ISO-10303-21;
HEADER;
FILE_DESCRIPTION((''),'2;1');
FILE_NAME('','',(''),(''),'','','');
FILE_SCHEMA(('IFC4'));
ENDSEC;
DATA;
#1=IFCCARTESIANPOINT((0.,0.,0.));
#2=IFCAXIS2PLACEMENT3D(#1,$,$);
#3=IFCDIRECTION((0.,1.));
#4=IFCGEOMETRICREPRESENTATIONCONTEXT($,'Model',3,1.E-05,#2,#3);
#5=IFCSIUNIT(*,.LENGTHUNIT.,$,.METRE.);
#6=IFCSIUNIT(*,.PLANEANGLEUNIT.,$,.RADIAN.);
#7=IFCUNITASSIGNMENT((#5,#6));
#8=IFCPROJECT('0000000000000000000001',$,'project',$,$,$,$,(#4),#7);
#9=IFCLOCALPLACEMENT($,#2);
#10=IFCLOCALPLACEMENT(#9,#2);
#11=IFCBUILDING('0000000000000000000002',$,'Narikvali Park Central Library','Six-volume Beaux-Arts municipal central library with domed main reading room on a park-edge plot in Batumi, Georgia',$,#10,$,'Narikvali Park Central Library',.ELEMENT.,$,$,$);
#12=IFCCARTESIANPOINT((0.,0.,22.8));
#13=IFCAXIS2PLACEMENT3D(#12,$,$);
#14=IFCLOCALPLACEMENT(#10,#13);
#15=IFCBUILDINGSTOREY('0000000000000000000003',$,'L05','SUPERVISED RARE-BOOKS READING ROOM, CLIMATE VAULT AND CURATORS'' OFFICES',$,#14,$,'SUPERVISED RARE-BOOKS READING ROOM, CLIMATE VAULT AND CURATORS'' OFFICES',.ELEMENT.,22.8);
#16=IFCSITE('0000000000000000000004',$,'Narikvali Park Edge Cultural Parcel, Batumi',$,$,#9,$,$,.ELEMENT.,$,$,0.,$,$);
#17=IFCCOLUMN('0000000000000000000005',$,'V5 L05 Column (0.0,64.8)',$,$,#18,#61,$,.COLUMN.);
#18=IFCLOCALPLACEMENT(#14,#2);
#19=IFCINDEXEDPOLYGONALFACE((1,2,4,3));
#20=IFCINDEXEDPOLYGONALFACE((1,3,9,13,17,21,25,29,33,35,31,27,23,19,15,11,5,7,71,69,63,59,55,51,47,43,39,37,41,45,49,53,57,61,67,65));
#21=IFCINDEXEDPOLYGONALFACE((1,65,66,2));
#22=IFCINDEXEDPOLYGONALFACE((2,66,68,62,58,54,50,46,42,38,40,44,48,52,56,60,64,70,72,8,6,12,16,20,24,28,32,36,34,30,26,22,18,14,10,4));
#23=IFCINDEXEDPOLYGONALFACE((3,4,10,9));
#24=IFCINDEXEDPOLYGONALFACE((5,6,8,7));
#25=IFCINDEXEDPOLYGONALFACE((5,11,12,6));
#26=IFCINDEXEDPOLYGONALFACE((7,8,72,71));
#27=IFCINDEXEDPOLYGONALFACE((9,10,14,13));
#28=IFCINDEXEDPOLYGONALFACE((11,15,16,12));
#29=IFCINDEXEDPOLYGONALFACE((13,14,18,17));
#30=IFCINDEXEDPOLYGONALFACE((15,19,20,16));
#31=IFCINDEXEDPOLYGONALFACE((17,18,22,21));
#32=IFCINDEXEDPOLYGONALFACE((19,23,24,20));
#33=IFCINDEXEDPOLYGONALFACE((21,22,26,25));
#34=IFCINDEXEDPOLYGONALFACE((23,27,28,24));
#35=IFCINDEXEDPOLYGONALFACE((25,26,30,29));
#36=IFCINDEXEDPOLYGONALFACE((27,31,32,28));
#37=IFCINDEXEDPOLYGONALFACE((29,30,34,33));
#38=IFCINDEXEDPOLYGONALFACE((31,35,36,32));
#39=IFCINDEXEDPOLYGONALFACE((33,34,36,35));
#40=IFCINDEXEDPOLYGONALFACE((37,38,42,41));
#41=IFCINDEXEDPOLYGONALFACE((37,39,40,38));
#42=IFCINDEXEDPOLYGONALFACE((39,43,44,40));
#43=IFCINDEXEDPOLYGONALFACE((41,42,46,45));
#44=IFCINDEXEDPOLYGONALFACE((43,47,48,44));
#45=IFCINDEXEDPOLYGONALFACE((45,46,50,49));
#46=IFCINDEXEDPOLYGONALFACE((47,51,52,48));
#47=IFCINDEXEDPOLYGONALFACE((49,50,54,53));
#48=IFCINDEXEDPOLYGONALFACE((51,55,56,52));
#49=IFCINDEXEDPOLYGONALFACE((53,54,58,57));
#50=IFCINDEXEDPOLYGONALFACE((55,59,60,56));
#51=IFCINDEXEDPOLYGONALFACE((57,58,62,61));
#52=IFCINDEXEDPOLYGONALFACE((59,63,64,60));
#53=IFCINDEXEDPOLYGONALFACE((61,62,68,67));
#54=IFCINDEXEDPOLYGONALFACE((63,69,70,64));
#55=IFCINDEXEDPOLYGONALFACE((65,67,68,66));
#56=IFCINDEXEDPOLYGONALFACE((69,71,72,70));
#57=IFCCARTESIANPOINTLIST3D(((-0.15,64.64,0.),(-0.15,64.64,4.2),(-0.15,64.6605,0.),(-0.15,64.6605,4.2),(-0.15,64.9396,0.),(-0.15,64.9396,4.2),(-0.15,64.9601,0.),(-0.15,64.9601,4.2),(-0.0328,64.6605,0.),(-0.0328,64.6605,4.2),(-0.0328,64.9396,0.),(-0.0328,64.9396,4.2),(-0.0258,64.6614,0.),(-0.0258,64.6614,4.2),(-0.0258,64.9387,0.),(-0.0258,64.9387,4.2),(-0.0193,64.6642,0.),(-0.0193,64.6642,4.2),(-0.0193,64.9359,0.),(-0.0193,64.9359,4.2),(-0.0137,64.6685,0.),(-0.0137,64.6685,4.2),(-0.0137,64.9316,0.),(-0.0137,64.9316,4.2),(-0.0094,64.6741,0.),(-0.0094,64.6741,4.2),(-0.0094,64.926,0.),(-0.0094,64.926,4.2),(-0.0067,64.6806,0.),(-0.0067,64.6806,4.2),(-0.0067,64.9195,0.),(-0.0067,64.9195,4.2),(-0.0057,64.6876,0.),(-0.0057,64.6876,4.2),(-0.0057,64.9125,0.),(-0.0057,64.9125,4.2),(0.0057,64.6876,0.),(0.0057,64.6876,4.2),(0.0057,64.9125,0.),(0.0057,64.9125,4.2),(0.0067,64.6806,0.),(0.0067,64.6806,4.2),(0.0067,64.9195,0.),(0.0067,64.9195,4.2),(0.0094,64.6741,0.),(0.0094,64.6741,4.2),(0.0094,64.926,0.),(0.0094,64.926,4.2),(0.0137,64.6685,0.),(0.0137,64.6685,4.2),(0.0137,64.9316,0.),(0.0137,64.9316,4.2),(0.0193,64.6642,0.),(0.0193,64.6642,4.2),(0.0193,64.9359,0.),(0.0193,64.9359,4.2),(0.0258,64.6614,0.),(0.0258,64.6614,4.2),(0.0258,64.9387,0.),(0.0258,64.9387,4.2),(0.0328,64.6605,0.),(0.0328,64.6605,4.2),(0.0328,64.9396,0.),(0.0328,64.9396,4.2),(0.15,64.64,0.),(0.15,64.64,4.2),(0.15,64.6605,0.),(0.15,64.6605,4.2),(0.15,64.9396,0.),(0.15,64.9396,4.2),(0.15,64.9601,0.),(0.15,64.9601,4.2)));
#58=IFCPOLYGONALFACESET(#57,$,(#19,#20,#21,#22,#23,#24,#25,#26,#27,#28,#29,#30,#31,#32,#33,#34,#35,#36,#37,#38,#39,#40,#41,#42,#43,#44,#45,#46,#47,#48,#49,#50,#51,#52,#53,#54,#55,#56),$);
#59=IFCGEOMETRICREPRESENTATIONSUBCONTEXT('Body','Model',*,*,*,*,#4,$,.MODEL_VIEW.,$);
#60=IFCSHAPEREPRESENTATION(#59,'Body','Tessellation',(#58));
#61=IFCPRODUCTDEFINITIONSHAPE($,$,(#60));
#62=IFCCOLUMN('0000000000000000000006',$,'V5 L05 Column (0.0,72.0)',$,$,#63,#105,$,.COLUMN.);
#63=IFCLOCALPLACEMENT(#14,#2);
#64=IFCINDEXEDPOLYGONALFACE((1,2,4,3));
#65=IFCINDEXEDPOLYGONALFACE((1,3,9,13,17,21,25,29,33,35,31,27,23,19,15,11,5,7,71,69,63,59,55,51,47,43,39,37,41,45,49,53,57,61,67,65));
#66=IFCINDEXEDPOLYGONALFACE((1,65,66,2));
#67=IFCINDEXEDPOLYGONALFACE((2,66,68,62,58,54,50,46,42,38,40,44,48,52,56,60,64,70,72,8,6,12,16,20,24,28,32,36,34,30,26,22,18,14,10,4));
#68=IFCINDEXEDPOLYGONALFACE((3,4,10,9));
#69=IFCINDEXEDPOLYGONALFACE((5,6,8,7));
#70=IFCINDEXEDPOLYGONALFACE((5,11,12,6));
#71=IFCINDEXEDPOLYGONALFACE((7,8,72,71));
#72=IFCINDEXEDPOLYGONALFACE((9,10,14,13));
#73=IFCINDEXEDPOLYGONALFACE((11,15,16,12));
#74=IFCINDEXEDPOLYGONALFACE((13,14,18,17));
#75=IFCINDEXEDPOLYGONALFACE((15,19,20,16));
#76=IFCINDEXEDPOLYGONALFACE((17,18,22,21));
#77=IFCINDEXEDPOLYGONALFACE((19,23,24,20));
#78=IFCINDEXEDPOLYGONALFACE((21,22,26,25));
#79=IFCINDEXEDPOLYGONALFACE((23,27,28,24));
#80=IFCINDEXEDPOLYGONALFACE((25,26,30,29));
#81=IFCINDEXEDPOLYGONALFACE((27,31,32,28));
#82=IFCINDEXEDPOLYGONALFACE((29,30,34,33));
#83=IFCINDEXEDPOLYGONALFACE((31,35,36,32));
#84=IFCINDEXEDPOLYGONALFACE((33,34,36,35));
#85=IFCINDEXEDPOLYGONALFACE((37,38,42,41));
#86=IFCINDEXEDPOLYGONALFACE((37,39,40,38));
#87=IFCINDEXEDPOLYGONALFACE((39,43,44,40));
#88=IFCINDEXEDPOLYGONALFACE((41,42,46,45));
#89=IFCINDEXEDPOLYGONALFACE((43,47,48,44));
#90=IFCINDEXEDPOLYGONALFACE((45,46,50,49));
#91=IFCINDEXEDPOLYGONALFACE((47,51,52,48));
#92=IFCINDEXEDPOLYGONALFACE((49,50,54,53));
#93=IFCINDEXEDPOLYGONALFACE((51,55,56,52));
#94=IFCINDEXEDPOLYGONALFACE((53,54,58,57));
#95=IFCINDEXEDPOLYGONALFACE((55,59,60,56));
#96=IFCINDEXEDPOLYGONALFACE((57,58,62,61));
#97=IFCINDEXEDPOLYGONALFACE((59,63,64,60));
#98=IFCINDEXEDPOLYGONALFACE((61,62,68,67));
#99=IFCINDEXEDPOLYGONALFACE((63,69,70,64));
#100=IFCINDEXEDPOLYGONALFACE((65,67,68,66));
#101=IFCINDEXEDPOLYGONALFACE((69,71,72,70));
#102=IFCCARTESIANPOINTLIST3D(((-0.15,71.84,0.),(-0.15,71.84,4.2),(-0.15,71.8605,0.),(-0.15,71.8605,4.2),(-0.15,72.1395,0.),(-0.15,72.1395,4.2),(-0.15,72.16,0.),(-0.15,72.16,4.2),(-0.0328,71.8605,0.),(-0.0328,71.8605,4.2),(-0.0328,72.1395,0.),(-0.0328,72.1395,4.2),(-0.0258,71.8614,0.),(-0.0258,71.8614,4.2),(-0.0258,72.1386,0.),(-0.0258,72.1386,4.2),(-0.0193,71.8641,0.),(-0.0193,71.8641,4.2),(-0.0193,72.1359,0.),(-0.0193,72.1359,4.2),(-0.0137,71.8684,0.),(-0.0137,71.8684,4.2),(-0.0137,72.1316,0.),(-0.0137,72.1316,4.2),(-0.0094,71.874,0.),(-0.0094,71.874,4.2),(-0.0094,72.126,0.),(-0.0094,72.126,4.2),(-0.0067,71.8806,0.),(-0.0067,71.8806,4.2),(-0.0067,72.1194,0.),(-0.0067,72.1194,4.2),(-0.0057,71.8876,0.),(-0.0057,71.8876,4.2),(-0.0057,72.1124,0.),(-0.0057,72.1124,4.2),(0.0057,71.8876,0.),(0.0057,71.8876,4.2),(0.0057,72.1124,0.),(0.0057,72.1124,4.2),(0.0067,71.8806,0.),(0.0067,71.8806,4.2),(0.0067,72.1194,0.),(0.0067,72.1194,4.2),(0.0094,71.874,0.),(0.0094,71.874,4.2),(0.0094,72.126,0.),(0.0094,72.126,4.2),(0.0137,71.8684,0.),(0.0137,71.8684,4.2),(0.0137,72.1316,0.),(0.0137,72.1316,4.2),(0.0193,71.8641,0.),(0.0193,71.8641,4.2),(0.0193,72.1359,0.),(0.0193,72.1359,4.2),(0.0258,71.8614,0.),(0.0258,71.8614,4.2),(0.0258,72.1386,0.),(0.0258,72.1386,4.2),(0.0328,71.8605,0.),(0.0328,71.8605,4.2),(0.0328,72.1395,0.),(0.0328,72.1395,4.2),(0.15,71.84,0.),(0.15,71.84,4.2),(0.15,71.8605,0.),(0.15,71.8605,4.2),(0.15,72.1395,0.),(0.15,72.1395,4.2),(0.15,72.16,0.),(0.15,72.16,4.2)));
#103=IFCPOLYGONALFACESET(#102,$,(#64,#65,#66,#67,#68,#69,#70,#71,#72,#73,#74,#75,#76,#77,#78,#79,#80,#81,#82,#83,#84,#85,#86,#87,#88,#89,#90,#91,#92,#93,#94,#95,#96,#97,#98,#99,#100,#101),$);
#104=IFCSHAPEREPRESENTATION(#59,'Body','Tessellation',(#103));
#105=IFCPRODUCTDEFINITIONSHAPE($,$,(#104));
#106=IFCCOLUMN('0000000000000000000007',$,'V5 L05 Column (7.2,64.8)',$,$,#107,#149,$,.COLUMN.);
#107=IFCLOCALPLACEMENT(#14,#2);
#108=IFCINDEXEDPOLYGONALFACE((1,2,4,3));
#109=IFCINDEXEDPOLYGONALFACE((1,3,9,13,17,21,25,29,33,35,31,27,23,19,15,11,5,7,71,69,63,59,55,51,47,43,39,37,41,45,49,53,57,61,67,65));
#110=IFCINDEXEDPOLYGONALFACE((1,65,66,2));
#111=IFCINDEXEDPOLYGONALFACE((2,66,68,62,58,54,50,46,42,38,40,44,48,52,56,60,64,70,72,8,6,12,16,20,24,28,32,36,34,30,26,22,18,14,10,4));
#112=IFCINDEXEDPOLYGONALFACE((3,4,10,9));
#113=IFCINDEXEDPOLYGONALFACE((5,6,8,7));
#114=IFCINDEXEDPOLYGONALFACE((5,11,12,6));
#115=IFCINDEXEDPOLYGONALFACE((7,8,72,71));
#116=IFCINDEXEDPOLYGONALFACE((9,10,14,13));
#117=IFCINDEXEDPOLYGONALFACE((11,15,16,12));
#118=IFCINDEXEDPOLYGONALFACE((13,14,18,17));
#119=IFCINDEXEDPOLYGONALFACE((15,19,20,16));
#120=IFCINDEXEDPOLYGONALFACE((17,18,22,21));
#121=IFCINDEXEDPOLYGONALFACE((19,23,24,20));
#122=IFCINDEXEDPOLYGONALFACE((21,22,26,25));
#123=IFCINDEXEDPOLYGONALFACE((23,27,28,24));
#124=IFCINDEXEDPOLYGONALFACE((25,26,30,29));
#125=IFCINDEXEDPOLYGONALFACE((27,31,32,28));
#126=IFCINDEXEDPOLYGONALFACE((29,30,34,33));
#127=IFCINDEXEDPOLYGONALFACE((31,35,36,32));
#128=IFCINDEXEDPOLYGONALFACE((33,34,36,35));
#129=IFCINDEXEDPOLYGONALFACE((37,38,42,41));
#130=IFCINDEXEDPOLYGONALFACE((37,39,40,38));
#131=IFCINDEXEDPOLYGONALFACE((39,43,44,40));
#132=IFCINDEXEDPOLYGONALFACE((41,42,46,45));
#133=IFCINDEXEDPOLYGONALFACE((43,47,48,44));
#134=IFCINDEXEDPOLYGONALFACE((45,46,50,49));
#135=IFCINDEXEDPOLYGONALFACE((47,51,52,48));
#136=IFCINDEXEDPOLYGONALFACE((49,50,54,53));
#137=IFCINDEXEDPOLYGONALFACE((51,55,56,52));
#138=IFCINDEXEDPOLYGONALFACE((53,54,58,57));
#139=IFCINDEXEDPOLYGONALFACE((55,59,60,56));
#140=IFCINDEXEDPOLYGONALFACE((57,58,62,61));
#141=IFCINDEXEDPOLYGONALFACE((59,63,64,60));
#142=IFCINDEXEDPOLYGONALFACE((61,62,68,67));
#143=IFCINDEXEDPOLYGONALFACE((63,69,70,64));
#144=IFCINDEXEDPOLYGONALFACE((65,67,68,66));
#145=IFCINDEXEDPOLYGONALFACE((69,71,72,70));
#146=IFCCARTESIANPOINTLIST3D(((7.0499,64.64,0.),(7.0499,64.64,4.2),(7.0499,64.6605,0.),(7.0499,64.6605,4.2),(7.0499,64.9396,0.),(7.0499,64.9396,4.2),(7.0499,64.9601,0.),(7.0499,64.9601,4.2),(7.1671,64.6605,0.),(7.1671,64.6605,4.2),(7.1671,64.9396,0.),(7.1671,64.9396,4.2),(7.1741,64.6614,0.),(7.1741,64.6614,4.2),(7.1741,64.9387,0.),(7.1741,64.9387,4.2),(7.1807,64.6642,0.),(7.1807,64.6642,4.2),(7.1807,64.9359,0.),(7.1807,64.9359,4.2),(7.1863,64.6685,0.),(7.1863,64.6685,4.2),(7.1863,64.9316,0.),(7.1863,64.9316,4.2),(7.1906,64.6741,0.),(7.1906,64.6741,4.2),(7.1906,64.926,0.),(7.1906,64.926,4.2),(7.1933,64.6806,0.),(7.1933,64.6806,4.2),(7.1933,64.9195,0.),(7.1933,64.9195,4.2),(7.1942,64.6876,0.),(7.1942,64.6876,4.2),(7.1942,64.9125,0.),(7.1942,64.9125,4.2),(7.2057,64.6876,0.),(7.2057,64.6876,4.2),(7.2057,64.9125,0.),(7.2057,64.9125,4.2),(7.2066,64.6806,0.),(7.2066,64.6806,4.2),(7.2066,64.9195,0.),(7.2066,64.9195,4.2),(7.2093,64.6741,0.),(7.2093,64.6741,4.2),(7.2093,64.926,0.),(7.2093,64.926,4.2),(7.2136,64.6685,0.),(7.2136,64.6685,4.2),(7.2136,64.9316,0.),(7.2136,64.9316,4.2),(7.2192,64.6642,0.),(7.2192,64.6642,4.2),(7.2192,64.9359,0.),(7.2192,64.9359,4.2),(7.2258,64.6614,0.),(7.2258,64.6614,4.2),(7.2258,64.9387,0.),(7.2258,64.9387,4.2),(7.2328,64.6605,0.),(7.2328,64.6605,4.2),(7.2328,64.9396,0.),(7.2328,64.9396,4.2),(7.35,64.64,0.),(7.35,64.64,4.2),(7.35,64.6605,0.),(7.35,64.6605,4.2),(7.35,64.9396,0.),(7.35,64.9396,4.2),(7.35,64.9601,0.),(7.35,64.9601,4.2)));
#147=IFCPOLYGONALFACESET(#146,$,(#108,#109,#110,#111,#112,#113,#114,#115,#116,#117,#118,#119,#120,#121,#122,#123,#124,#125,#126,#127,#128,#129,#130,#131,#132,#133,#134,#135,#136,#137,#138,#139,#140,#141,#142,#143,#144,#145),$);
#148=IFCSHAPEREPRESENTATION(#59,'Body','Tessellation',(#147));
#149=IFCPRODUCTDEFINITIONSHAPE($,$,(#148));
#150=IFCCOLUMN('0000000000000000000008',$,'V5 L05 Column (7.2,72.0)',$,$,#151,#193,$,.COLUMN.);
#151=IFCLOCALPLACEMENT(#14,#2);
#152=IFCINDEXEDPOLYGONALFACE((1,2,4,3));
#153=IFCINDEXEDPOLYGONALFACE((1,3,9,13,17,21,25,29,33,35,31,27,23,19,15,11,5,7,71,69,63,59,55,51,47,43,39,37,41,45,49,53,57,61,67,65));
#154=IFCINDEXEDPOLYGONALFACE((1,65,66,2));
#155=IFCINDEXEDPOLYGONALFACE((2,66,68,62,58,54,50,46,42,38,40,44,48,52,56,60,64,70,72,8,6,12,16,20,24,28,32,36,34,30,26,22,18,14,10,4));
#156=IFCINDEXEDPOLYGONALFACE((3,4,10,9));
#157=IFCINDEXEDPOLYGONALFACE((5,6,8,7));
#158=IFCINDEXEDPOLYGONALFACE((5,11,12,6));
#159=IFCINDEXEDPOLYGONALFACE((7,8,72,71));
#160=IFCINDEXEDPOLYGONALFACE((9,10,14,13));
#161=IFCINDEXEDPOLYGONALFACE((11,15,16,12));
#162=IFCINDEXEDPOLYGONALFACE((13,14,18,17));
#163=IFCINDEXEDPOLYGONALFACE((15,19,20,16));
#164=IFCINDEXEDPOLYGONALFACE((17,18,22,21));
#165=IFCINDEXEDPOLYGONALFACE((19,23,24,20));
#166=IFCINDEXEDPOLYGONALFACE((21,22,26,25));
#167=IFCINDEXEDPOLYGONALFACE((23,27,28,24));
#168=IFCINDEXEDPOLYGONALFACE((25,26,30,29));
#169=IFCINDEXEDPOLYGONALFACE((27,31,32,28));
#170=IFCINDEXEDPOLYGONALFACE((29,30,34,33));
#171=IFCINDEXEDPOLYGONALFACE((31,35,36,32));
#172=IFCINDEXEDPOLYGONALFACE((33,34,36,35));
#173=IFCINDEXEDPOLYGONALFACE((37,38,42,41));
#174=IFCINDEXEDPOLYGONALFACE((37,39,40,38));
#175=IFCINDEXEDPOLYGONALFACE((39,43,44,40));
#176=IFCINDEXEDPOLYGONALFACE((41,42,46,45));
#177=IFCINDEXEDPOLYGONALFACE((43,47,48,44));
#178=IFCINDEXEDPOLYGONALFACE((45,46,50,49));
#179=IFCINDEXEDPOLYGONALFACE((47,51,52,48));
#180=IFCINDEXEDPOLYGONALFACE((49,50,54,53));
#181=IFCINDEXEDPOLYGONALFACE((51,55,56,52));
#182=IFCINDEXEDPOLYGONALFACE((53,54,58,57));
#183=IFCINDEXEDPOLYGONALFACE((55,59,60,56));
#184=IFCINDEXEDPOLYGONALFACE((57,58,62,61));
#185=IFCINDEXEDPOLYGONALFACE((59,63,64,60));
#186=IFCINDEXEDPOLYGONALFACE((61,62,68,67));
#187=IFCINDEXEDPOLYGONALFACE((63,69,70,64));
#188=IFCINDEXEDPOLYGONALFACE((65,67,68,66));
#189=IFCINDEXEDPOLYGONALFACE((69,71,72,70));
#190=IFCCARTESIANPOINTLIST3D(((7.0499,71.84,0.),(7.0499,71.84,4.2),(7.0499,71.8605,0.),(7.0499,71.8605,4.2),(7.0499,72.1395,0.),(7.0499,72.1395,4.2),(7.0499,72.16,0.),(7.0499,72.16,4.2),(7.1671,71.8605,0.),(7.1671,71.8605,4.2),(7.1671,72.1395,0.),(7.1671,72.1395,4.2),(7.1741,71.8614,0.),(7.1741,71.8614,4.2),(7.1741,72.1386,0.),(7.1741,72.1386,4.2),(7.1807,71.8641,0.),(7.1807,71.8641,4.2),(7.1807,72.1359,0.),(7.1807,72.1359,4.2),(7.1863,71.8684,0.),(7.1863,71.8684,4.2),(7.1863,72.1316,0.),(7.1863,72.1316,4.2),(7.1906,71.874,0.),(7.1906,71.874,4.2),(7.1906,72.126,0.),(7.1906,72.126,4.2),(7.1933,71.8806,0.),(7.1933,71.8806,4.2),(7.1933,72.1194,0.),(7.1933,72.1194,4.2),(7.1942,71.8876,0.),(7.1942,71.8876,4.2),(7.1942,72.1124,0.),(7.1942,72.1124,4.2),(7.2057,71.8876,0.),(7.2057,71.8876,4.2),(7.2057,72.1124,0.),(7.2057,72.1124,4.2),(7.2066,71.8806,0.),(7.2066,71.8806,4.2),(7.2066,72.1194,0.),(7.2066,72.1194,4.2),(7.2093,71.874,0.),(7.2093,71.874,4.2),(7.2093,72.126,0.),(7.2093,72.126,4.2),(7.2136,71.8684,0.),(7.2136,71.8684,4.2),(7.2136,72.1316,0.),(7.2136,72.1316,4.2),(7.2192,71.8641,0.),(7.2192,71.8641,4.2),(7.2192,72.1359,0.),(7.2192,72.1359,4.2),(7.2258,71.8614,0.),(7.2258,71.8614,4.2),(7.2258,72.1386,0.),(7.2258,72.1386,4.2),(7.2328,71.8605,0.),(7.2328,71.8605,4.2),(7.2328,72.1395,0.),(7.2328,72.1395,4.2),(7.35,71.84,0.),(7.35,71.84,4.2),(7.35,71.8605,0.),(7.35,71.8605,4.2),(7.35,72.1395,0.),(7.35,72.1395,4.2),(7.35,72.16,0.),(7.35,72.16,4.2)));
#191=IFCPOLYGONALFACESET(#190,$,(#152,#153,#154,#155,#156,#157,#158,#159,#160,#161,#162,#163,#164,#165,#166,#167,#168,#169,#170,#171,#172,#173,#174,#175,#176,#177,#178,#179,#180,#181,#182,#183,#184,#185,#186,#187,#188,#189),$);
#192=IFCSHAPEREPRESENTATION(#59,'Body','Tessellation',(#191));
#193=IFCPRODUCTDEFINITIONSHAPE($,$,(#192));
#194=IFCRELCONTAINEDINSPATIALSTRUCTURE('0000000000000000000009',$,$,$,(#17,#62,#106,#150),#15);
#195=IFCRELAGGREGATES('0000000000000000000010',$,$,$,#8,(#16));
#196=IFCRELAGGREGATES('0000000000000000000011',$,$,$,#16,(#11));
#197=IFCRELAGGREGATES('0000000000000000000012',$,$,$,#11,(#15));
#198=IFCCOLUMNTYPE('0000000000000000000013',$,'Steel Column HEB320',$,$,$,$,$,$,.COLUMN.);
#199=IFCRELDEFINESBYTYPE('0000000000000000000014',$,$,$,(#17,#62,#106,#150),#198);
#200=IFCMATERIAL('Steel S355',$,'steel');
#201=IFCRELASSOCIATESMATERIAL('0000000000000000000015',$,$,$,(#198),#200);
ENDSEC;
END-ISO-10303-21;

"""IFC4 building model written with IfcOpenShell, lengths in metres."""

from ifc_helpers import new_model, si_unit, direction, frame, origin, origin_2d, place, context, subcontext, project, spatial, i_section, extrude, material, material_profile, profile_set, type_object, element, save


model = new_model("IFC4")

# Units and contexts
model_context = context("Model", 3, precision=1e-05, world=origin(), true_north=direction((0.0, 1.0)))
body_context = subcontext(model_context, "Body", "Model", "MODEL_VIEW")
ifc_project = project(units=[si_unit("LENGTHUNIT", "METRE"), si_unit("PLANEANGLEUNIT", "RADIAN")], contexts=[model_context])

# Site, building, storey
site_placement = place(None, origin())
site = spatial("IfcSite", under=ifc_project, at=site_placement, Name="Narikvali Park Edge Cultural Parcel, Batumi", CompositionType="ELEMENT", RefElevation=0.0)
building_placement = place(site_placement, origin())
building = spatial("IfcBuilding", under=site, at=building_placement, Name="Narikvali Park Central Library", Description="Six-volume Beaux-Arts municipal central library with domed main reading room on a park-edge plot in Batumi, Georgia", LongName="Narikvali Park Central Library", CompositionType="ELEMENT")
storey_placement = place(building_placement, frame((0.0, 0.0, 22.8)))
storey = spatial("IfcBuildingStorey", under=building, at=storey_placement, Name="L05", Description="SUPERVISED RARE-BOOKS READING ROOM, CLIMATE VAULT AND CURATORS' OFFICES", LongName="SUPERVISED RARE-BOOKS READING ROOM, CLIMATE VAULT AND CURATORS' OFFICES", CompositionType="ELEMENT", Elevation=22.8)

# Columns
ifc_material_1 = material(Name="Steel S355", Category="steel")
ifc_material_profile_1 = material_profile(ifc_material_1, i_section(OverallWidth=0.3, OverallDepth=0.3201, WebThickness=0.0115, FlangeThickness=0.0205, FilletRadius=0.0271, at=origin_2d()), Name="HEB 320")
ifc_profile_set_1 = profile_set([ifc_material_profile_1], Name="Steel S355")
column_type = type_object("IfcColumnType", Name="Steel Column HEB320", PredefinedType="COLUMN", material=ifc_profile_set_1)
for number, where, z_axis, x_axis, name in (
    (1, (0.0, 64.8, 0.0), (0.0, 0.0, 1.0), (1.0, 0.0, 0.0), "V5 L05 Column (0.0,64.8)"),
    (2, (0.0, 72.0, 0.0), (0.0, 0.0, 1.0), (1.0, 0.0, 0.0), "V5 L05 Column (0.0,72.0)"),
    (3, (7.2, 64.8, 0.0), (0.0, 0.0, 1.0), (1.0, 0.0, 0.0), "V5 L05 Column (7.2,64.8)"),
    (4, (7.2, 72.0, 0.0), (0.0, 0.0, 1.0), (1.0, 0.0, 0.0), "V5 L05 Column (7.2,72.0)"),
):
    element("IfcColumn", number, at=place(storey_placement, frame(where, z_axis=z_axis, x_axis=x_axis)), inside=storey, type_object=column_type, Name=name, PredefinedType="COLUMN", context=body_context, shape_type="SweptSolid", body=[
        extrude(i_section(OverallWidth=0.3, OverallDepth=0.3201, WebThickness=0.0115, FlangeThickness=0.0205, FilletRadius=0.0271, at=origin_2d()), origin(), (0.0, 0.0, 1.0), 4.2),
    ])

save(model, "model.ifc")
